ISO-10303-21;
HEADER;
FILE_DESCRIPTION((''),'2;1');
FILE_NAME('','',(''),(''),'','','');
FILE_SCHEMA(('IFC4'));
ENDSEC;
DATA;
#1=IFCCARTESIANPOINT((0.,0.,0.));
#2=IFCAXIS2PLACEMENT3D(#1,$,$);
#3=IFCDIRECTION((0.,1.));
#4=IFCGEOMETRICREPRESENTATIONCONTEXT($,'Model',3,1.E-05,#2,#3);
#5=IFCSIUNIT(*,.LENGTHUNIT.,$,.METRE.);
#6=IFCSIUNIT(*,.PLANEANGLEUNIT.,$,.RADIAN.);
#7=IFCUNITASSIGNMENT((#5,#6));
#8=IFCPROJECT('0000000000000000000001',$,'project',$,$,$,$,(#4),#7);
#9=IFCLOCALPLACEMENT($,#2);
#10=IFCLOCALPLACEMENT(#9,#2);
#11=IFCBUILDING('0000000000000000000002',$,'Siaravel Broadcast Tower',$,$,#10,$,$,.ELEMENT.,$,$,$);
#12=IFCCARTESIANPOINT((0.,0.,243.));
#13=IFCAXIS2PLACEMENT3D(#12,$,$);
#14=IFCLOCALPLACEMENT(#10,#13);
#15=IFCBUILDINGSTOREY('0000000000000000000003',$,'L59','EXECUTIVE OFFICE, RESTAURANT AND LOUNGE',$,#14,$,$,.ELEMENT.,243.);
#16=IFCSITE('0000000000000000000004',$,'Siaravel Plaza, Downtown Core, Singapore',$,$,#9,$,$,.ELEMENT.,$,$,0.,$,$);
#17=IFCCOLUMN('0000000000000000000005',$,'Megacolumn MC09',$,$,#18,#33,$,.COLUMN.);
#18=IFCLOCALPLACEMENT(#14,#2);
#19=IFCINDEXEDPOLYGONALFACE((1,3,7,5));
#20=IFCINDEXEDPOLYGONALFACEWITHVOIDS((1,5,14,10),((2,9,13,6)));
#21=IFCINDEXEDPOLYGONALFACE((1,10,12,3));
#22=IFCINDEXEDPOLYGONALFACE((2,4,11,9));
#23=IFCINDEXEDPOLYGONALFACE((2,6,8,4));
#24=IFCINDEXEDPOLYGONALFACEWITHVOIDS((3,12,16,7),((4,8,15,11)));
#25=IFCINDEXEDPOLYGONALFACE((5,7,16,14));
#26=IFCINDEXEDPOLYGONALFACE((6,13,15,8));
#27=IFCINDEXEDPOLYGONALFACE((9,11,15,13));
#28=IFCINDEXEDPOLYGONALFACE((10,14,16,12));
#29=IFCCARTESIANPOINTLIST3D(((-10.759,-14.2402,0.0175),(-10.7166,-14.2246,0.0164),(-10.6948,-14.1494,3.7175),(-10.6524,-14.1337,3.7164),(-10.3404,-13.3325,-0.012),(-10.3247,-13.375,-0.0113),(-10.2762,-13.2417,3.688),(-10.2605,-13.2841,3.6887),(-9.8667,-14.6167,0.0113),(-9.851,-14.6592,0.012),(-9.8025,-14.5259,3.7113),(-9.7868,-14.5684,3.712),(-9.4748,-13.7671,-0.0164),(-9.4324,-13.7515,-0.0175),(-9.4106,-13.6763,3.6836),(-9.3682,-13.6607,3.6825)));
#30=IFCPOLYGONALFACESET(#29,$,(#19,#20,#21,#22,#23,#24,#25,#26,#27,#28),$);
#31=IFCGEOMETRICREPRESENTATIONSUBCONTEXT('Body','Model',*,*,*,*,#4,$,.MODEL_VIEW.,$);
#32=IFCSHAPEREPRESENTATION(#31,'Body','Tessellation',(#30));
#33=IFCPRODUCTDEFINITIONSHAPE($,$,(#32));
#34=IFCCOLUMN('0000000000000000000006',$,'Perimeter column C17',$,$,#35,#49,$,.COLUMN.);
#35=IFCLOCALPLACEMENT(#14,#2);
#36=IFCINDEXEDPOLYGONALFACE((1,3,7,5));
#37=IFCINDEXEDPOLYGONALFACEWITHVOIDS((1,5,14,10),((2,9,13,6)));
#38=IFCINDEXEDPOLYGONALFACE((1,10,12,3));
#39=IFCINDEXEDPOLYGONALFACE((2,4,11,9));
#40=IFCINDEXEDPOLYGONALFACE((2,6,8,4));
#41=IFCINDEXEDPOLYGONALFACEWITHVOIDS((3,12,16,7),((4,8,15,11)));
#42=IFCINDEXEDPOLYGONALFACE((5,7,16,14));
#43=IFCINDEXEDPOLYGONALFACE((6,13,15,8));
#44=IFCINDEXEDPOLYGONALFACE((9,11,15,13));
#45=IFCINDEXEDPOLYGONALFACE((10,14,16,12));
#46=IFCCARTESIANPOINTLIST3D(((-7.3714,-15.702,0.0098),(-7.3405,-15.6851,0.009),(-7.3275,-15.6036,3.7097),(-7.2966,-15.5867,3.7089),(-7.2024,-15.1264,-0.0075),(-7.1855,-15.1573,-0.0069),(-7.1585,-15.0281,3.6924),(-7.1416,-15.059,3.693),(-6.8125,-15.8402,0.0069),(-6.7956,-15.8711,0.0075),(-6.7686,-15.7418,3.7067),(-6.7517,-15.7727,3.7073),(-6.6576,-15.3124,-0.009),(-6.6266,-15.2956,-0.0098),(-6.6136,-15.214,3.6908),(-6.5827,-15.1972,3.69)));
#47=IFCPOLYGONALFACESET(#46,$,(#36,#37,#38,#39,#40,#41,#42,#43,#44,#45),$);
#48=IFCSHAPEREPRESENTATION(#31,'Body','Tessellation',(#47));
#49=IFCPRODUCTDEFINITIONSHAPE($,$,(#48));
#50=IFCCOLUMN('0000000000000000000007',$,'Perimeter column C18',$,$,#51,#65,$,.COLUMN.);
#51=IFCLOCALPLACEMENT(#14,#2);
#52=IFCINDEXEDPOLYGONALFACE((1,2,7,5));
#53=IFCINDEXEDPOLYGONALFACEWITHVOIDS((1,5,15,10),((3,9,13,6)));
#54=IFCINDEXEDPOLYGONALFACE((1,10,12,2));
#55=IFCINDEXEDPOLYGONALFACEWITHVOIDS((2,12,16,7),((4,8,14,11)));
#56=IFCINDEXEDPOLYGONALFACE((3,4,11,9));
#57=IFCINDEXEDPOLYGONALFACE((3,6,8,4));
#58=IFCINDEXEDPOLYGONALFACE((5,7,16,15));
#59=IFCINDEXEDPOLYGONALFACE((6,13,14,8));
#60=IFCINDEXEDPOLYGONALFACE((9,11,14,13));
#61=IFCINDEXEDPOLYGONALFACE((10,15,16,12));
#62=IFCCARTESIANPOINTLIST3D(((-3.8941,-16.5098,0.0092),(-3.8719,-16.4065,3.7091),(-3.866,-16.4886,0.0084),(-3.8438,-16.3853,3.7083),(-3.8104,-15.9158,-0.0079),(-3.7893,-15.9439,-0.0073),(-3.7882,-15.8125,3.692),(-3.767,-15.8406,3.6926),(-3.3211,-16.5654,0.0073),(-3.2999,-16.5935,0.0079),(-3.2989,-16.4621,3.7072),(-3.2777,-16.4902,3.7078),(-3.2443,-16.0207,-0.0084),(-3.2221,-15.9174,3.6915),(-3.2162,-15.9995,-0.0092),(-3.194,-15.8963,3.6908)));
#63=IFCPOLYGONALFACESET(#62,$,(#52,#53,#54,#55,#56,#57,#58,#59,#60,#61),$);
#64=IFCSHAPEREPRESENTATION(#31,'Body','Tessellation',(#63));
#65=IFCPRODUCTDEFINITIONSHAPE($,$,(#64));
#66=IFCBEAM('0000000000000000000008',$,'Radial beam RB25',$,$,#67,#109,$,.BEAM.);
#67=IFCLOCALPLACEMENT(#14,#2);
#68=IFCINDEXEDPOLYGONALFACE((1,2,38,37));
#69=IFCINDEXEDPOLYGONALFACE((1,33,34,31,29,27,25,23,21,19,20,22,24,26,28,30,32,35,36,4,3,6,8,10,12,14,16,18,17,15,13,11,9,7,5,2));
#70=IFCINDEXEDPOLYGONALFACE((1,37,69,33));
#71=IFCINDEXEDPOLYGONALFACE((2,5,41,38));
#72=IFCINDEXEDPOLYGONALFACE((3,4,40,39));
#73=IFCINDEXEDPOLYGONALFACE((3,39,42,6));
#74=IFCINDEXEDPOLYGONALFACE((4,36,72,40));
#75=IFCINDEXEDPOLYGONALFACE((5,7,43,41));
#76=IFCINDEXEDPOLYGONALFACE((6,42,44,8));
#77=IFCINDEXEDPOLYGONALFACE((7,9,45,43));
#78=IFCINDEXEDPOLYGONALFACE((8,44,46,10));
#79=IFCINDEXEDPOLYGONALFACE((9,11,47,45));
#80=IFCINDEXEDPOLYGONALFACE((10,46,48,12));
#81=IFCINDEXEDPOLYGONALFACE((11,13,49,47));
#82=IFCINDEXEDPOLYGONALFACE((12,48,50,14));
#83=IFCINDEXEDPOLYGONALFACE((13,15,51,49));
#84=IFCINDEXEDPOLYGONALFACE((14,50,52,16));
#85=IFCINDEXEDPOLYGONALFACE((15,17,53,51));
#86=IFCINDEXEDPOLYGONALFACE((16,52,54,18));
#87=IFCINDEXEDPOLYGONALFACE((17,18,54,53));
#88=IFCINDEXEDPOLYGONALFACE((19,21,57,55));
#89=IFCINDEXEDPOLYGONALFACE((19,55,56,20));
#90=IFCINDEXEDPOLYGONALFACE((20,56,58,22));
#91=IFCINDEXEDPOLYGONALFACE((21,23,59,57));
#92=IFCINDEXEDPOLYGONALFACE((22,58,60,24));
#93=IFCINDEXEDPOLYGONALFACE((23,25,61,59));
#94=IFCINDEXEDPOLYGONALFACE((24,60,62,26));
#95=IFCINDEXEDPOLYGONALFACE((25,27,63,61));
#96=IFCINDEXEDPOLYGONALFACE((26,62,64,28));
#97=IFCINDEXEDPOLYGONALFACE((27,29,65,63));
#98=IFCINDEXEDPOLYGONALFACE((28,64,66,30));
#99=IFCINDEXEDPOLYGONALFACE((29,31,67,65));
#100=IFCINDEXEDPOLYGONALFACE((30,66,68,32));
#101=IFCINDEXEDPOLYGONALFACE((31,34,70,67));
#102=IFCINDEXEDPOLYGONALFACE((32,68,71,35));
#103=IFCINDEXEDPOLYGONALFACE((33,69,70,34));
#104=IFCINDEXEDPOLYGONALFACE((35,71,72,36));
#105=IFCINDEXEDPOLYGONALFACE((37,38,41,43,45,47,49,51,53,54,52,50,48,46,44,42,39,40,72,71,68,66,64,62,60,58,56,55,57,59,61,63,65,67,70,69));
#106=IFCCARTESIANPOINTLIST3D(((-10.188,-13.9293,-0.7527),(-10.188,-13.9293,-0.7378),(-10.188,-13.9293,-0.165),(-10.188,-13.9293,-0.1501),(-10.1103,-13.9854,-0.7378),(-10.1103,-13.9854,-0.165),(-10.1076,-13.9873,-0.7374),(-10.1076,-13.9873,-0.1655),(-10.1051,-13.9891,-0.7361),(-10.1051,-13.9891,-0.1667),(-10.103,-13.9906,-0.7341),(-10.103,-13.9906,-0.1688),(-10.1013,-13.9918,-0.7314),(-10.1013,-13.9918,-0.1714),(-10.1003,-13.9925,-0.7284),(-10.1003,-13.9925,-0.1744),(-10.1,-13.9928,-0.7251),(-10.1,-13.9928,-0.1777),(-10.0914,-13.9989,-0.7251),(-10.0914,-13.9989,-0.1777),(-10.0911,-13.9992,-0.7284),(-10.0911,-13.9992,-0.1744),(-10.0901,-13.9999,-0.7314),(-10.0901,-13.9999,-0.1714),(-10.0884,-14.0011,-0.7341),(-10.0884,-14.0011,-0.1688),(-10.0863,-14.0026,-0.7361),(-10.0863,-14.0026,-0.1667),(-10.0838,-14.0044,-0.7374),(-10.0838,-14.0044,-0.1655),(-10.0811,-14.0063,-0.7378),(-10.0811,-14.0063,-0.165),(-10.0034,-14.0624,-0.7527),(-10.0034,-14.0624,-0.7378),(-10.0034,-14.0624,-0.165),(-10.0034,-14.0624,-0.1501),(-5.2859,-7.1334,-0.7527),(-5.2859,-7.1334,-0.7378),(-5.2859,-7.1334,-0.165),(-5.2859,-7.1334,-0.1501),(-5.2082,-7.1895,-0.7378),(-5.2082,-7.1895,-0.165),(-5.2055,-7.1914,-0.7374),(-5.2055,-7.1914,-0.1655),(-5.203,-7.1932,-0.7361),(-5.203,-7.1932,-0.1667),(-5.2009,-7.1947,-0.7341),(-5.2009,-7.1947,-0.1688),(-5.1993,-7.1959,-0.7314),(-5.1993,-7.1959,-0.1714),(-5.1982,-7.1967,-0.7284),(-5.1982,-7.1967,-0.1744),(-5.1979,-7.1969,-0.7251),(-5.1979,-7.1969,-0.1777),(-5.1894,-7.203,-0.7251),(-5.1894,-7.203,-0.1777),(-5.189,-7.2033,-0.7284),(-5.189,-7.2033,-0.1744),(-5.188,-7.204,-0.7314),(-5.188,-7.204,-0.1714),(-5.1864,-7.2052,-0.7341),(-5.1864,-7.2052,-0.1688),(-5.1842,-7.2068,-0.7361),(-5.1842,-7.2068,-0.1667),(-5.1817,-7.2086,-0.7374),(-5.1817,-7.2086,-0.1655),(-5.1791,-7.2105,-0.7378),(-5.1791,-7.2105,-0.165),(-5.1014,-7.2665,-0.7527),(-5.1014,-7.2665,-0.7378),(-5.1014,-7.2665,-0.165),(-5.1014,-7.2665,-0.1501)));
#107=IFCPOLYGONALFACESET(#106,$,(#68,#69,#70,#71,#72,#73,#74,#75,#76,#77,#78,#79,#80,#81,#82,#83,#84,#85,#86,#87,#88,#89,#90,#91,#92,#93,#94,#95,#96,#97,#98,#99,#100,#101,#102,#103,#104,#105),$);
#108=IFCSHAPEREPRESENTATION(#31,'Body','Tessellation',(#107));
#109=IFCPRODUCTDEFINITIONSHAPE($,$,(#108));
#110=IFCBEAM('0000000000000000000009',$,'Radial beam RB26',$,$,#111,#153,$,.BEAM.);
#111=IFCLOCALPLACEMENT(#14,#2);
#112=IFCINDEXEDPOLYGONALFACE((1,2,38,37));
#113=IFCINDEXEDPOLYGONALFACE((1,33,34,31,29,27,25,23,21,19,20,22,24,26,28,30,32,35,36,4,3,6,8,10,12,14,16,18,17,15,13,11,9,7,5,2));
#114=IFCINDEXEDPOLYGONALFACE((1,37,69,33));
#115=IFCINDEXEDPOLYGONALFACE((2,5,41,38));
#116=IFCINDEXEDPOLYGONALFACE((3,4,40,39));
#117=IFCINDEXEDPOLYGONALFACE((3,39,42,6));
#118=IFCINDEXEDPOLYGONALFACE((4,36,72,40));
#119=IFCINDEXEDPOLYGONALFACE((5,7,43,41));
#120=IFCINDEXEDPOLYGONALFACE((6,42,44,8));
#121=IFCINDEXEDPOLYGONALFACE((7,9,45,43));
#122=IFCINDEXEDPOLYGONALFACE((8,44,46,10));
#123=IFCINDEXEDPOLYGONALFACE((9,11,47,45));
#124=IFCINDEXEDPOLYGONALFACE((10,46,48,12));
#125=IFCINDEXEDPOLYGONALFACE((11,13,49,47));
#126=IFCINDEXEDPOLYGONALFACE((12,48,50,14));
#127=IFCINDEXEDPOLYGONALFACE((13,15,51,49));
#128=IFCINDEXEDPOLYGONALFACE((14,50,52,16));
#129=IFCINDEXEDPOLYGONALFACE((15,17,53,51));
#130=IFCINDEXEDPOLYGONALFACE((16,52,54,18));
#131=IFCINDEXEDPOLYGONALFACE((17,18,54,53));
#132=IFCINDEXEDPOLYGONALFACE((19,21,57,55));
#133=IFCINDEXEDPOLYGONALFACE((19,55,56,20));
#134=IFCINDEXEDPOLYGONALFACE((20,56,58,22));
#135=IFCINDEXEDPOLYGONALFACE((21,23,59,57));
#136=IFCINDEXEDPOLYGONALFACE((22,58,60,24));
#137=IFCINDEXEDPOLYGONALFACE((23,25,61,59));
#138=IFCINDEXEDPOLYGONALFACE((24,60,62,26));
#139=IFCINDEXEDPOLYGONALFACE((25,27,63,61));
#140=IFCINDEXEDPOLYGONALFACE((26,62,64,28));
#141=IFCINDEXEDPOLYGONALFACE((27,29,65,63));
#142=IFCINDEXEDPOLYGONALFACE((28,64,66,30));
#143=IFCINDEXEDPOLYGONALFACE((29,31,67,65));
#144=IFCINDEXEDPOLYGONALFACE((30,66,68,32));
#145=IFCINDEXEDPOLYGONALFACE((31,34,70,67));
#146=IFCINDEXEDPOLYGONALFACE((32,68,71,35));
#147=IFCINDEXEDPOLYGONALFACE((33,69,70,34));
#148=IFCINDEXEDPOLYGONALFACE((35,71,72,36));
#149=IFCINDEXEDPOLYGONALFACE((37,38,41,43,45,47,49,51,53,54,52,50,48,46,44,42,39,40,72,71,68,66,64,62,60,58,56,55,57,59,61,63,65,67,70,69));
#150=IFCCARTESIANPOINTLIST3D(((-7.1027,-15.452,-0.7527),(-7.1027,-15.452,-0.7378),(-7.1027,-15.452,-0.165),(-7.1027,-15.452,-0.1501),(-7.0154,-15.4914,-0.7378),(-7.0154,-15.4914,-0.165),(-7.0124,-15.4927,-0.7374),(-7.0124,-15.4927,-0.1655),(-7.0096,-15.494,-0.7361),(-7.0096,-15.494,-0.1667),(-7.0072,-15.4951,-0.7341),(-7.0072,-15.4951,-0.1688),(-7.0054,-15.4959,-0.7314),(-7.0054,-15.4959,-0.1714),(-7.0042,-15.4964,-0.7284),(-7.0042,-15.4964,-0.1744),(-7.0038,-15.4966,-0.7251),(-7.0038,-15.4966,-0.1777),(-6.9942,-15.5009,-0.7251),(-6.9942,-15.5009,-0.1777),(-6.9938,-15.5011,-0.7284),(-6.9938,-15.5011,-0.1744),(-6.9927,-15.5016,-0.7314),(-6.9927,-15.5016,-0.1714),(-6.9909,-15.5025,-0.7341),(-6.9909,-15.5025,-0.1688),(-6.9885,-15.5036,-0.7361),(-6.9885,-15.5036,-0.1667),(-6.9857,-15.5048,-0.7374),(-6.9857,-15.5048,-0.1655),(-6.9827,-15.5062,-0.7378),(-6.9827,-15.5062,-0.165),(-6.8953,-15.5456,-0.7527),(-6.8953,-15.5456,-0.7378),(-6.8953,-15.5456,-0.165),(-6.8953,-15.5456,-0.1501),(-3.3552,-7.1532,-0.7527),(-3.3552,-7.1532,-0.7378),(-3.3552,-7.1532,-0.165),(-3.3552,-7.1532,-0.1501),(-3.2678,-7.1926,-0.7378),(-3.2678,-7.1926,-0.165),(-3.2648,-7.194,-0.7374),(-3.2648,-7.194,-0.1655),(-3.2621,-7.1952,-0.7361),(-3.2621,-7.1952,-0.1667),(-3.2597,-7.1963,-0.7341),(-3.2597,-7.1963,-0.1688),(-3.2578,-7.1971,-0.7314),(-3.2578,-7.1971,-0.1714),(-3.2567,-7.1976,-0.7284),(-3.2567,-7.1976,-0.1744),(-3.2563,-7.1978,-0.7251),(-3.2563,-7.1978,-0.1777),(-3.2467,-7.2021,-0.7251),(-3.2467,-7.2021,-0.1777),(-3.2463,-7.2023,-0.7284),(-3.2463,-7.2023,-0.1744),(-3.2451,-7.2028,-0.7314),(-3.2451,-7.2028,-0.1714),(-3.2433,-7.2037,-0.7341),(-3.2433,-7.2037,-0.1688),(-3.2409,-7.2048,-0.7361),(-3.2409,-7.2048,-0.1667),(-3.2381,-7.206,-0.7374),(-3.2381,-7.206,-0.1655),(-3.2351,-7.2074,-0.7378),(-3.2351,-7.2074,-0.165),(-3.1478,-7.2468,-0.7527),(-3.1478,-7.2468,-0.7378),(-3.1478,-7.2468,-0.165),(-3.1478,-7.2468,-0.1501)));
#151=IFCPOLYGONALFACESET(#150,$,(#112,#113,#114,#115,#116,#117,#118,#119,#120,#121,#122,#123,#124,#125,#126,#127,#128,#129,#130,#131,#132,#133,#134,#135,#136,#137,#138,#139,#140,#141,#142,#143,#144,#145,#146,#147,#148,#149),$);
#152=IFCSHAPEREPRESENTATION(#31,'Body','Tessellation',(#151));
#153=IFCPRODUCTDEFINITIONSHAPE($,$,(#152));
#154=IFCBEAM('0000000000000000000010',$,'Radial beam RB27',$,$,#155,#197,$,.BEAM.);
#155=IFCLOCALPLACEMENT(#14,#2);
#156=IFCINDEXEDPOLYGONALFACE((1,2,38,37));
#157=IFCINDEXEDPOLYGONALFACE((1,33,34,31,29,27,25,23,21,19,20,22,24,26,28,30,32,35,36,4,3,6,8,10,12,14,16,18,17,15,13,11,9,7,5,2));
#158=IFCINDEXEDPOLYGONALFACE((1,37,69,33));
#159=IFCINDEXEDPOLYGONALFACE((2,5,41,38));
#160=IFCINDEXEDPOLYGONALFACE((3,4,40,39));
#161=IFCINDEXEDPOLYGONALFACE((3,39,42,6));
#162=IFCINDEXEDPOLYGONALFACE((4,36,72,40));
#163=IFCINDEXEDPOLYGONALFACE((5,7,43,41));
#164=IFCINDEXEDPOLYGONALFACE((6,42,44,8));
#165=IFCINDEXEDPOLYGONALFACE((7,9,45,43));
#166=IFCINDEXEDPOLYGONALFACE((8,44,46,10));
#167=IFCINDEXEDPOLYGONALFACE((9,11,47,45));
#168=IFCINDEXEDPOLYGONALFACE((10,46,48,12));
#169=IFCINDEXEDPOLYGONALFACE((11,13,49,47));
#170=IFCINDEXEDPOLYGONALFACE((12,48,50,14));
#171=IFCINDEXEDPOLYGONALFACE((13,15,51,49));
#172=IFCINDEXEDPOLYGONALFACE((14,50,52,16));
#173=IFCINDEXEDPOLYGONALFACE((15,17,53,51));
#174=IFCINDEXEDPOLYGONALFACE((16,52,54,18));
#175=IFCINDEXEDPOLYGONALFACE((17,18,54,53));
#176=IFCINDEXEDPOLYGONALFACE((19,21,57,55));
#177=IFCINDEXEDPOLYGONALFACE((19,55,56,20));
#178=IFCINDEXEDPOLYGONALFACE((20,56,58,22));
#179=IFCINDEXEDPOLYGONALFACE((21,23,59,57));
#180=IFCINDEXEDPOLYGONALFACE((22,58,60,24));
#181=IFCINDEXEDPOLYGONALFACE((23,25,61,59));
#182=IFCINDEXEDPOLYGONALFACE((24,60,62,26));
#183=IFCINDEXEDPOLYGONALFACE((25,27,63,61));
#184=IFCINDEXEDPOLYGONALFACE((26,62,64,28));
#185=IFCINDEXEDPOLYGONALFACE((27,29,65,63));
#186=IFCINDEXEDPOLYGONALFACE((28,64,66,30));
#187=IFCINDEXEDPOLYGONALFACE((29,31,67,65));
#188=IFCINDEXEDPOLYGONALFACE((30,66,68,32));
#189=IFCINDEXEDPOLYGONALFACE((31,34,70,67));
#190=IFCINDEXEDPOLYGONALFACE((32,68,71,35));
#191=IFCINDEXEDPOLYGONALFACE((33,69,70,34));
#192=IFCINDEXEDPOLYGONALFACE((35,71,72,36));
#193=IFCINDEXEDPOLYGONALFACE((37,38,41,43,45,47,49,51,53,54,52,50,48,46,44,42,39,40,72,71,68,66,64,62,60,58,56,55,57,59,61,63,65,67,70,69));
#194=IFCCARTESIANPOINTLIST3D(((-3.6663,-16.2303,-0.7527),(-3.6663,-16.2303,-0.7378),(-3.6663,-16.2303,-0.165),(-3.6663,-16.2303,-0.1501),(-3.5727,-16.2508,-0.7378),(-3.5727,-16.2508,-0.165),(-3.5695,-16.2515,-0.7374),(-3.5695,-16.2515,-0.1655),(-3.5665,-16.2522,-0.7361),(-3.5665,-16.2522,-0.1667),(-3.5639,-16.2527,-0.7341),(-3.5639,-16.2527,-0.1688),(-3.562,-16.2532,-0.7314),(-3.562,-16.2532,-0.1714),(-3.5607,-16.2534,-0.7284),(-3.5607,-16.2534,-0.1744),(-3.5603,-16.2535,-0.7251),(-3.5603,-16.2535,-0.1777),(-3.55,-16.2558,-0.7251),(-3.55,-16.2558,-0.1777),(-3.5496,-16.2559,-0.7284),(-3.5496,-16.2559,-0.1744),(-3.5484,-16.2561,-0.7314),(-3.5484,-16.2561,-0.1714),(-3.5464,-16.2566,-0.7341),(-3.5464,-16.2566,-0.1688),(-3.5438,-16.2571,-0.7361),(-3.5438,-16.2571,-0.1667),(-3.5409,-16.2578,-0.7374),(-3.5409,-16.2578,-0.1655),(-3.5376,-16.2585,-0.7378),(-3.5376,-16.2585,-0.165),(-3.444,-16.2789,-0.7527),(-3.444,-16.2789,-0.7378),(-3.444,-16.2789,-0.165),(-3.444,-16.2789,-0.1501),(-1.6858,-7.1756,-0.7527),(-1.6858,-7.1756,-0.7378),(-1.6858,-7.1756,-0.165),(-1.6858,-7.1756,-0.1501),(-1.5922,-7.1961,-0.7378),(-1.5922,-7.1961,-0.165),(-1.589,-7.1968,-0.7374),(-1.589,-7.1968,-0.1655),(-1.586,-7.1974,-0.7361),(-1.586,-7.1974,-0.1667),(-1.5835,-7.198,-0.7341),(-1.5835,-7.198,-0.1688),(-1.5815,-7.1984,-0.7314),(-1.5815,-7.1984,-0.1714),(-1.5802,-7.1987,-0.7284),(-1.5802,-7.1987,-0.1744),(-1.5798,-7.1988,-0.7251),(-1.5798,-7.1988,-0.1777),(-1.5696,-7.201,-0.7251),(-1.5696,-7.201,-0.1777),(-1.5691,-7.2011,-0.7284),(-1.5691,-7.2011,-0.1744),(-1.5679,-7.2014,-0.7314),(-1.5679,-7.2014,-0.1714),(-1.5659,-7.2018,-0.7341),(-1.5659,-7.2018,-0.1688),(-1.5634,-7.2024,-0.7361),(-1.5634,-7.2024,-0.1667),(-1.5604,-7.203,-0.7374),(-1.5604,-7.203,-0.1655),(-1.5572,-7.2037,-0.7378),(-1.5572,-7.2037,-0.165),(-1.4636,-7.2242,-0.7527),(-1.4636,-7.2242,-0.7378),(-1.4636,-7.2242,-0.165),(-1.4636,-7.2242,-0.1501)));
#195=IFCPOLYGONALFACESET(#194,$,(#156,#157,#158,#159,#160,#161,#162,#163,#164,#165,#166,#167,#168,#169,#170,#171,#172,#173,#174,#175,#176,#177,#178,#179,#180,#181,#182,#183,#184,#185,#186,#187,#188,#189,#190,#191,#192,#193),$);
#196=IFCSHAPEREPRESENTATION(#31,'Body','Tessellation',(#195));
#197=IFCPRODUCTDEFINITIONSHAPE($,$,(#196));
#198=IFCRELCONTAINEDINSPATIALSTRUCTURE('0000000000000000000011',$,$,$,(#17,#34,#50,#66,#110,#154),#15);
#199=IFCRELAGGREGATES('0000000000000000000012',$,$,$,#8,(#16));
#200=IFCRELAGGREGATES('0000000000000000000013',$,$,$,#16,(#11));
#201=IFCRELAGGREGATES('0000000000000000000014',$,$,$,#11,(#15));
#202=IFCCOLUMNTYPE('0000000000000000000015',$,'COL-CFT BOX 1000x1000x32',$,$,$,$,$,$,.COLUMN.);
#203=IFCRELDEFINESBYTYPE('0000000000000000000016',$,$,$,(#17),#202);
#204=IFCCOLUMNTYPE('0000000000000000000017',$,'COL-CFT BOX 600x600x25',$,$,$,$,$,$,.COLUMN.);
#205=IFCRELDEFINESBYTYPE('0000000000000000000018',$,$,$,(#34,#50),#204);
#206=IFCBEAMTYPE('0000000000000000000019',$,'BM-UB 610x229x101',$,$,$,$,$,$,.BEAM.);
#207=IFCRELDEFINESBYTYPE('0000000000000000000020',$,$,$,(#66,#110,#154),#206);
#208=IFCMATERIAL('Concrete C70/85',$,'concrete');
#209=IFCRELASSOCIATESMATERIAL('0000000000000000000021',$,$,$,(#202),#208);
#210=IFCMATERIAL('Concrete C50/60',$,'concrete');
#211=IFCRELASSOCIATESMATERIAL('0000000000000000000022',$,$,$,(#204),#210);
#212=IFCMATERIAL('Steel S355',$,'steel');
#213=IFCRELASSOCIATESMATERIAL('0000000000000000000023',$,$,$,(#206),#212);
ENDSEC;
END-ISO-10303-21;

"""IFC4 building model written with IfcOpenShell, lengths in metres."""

from ifc_helpers import new_model, si_unit, direction, frame, origin, origin_2d, place, context, subcontext, project, spatial, hollow_rectangle, i_section, extrude, material, material_profile, profile_set, type_object, element, save


model = new_model("IFC4")

# Units and contexts
model_context = context("Model", 3, precision=1e-05, world=origin(), true_north=direction((0.0, 1.0)))
body_context = subcontext(model_context, "Body", "Model", "MODEL_VIEW")
ifc_project = project(units=[si_unit("LENGTHUNIT", "METRE"), si_unit("PLANEANGLEUNIT", "RADIAN")], contexts=[model_context])

# Site, building, storey
site_placement = place(None, origin())
site = spatial("IfcSite", under=ifc_project, at=site_placement, Name="Siaravel Plaza, Downtown Core, Singapore", CompositionType="ELEMENT", RefElevation=0.0)
building_placement = place(site_placement, origin())
building = spatial("IfcBuilding", under=site, at=building_placement, Name="Siaravel Broadcast Tower", CompositionType="ELEMENT")
storey_placement = place(building_placement, frame((0.0, 0.0, 243.0)))
storey = spatial("IfcBuildingStorey", under=building, at=storey_placement, Name="L59", Description="EXECUTIVE OFFICE, RESTAURANT AND LOUNGE", CompositionType="ELEMENT", Elevation=243.0)

# Columns
ifc_material_1 = material(Name="Concrete C70/85", Category="concrete")
ifc_material_profile_1 = material_profile(ifc_material_1, hollow_rectangle(XDim=1.0, YDim=1.0, WallThickness=0.032, at=origin_2d()))
ifc_profile_set_1 = profile_set([ifc_material_profile_1], Name="Concrete C70/85")
column_type_1 = type_object("IfcColumnType", Name="COL-CFT BOX 1000x1000x32", PredefinedType="COLUMN", material=ifc_profile_set_1)
column_placement = place(storey_placement, frame((-10.0957, -13.9958, 0.0), z_axis=(0.017346, 0.024535, 0.999548), x_axis=(-0.907979, 0.418979, 0.005473)))
element("IfcColumn", 1, at=column_placement, inside=storey, type_object=column_type_1, Name="Megacolumn MC09", PredefinedType="COLUMN", context=body_context, shape_type="SweptSolid", body=[
    extrude(hollow_rectangle(XDim=1.0, YDim=1.0, WallThickness=0.032, at=origin_2d()), origin(), (0.0, 0.0, 1.0), 3.7017),
])
ifc_material_2 = material(Name="Concrete C50/60", Category="concrete")
ifc_material_profile_2 = material_profile(ifc_material_2, hollow_rectangle(XDim=0.6001, YDim=0.6001, WallThickness=0.0249, at=origin_2d()))
ifc_profile_set_2 = profile_set([ifc_material_profile_2], Name="Concrete C50/60")
column_type_2 = type_object("IfcColumnType", Name="COL-CFT BOX 600x600x25", PredefinedType="COLUMN", material=ifc_profile_set_2)
for number, where, z_axis, x_axis, name in (
    (2, (-6.999, -15.4988, 0.0), (0.011872, 0.026581, 0.999576), (-0.959459, 0.281823, 0.003902), "Perimeter column C17"),
    (3, (-3.5552, -16.2546, 0.0), (0.006002, 0.0279, 0.999593), (-0.990208, 0.139582, 0.00205), "Perimeter column C18"),
):
    element("IfcColumn", number, at=place(storey_placement, frame(where, z_axis=z_axis, x_axis=x_axis)), inside=storey, type_object=column_type_2, Name=name, PredefinedType="COLUMN", context=body_context, shape_type="SweptSolid", body=[
        extrude(hollow_rectangle(XDim=0.6001, YDim=0.6001, WallThickness=0.0249, at=origin_2d()), origin(), (0.0, 0.0, 1.0), 3.7014),
    ])

# Beams
ifc_material_3 = material(Name="Steel S355", Category="steel")
ifc_material_profile_3 = material_profile(ifc_material_3, i_section(OverallWidth=0.2275, OverallDepth=0.6025, WebThickness=0.0105, FlangeThickness=0.0149, FilletRadius=0.0127, at=origin_2d()))
ifc_profile_set_3 = profile_set([ifc_material_profile_3], Name="Steel S355")
beam_type = type_object("IfcBeamType", Name="BM-UB 610x229x101", PredefinedType="BEAM", material=ifc_profile_set_3)
beam_1_placement = place(storey_placement, frame((-10.0957, -13.9958, -0.4514), z_axis=(0.585016, 0.811022, 0.0), x_axis=(-0.811022, 0.585016, 0.0)))
element("IfcBeam", 4, at=beam_1_placement, inside=storey, type_object=beam_type, Name="Radial beam RB25", PredefinedType="BEAM", context=body_context, shape_type="SweptSolid", body=[
    extrude(i_section(OverallWidth=0.2275, OverallDepth=0.6025, WebThickness=0.0105, FlangeThickness=0.0149, FilletRadius=0.0127, at=origin_2d()), origin(), (0.0, 0.0, 1.0), 8.3794),
])
beam_2_placement = place(storey_placement, frame((-6.999, -15.4988, -0.4514), z_axis=(0.411559, 0.911383, 0.0), x_axis=(-0.911383, 0.411559, 0.0)))
element("IfcBeam", 5, at=beam_2_placement, inside=storey, type_object=beam_type, Name="Radial beam RB26", PredefinedType="BEAM", context=body_context, shape_type="SweptSolid", body=[
    extrude(i_section(OverallWidth=0.2275, OverallDepth=0.6025, WebThickness=0.0105, FlangeThickness=0.0149, FilletRadius=0.0127, at=origin_2d()), origin(), (0.0, 0.0, 1.0), 9.1057),
])
beam_3_placement = place(storey_placement, frame((-3.5552, -16.2546, -0.4514), z_axis=(0.213672, 0.976906, 0.0), x_axis=(-0.976906, 0.213672, 0.0)))
element("IfcBeam", 6, at=beam_3_placement, inside=storey, type_object=beam_type, Name="Radial beam RB27", PredefinedType="BEAM", context=body_context, shape_type="SweptSolid", body=[
    extrude(i_section(OverallWidth=0.2275, OverallDepth=0.6025, WebThickness=0.0105, FlangeThickness=0.0149, FilletRadius=0.0127, at=origin_2d()), origin(), (0.0, 0.0, 1.0), 9.2688),
])

save(model, "model.ifc")
